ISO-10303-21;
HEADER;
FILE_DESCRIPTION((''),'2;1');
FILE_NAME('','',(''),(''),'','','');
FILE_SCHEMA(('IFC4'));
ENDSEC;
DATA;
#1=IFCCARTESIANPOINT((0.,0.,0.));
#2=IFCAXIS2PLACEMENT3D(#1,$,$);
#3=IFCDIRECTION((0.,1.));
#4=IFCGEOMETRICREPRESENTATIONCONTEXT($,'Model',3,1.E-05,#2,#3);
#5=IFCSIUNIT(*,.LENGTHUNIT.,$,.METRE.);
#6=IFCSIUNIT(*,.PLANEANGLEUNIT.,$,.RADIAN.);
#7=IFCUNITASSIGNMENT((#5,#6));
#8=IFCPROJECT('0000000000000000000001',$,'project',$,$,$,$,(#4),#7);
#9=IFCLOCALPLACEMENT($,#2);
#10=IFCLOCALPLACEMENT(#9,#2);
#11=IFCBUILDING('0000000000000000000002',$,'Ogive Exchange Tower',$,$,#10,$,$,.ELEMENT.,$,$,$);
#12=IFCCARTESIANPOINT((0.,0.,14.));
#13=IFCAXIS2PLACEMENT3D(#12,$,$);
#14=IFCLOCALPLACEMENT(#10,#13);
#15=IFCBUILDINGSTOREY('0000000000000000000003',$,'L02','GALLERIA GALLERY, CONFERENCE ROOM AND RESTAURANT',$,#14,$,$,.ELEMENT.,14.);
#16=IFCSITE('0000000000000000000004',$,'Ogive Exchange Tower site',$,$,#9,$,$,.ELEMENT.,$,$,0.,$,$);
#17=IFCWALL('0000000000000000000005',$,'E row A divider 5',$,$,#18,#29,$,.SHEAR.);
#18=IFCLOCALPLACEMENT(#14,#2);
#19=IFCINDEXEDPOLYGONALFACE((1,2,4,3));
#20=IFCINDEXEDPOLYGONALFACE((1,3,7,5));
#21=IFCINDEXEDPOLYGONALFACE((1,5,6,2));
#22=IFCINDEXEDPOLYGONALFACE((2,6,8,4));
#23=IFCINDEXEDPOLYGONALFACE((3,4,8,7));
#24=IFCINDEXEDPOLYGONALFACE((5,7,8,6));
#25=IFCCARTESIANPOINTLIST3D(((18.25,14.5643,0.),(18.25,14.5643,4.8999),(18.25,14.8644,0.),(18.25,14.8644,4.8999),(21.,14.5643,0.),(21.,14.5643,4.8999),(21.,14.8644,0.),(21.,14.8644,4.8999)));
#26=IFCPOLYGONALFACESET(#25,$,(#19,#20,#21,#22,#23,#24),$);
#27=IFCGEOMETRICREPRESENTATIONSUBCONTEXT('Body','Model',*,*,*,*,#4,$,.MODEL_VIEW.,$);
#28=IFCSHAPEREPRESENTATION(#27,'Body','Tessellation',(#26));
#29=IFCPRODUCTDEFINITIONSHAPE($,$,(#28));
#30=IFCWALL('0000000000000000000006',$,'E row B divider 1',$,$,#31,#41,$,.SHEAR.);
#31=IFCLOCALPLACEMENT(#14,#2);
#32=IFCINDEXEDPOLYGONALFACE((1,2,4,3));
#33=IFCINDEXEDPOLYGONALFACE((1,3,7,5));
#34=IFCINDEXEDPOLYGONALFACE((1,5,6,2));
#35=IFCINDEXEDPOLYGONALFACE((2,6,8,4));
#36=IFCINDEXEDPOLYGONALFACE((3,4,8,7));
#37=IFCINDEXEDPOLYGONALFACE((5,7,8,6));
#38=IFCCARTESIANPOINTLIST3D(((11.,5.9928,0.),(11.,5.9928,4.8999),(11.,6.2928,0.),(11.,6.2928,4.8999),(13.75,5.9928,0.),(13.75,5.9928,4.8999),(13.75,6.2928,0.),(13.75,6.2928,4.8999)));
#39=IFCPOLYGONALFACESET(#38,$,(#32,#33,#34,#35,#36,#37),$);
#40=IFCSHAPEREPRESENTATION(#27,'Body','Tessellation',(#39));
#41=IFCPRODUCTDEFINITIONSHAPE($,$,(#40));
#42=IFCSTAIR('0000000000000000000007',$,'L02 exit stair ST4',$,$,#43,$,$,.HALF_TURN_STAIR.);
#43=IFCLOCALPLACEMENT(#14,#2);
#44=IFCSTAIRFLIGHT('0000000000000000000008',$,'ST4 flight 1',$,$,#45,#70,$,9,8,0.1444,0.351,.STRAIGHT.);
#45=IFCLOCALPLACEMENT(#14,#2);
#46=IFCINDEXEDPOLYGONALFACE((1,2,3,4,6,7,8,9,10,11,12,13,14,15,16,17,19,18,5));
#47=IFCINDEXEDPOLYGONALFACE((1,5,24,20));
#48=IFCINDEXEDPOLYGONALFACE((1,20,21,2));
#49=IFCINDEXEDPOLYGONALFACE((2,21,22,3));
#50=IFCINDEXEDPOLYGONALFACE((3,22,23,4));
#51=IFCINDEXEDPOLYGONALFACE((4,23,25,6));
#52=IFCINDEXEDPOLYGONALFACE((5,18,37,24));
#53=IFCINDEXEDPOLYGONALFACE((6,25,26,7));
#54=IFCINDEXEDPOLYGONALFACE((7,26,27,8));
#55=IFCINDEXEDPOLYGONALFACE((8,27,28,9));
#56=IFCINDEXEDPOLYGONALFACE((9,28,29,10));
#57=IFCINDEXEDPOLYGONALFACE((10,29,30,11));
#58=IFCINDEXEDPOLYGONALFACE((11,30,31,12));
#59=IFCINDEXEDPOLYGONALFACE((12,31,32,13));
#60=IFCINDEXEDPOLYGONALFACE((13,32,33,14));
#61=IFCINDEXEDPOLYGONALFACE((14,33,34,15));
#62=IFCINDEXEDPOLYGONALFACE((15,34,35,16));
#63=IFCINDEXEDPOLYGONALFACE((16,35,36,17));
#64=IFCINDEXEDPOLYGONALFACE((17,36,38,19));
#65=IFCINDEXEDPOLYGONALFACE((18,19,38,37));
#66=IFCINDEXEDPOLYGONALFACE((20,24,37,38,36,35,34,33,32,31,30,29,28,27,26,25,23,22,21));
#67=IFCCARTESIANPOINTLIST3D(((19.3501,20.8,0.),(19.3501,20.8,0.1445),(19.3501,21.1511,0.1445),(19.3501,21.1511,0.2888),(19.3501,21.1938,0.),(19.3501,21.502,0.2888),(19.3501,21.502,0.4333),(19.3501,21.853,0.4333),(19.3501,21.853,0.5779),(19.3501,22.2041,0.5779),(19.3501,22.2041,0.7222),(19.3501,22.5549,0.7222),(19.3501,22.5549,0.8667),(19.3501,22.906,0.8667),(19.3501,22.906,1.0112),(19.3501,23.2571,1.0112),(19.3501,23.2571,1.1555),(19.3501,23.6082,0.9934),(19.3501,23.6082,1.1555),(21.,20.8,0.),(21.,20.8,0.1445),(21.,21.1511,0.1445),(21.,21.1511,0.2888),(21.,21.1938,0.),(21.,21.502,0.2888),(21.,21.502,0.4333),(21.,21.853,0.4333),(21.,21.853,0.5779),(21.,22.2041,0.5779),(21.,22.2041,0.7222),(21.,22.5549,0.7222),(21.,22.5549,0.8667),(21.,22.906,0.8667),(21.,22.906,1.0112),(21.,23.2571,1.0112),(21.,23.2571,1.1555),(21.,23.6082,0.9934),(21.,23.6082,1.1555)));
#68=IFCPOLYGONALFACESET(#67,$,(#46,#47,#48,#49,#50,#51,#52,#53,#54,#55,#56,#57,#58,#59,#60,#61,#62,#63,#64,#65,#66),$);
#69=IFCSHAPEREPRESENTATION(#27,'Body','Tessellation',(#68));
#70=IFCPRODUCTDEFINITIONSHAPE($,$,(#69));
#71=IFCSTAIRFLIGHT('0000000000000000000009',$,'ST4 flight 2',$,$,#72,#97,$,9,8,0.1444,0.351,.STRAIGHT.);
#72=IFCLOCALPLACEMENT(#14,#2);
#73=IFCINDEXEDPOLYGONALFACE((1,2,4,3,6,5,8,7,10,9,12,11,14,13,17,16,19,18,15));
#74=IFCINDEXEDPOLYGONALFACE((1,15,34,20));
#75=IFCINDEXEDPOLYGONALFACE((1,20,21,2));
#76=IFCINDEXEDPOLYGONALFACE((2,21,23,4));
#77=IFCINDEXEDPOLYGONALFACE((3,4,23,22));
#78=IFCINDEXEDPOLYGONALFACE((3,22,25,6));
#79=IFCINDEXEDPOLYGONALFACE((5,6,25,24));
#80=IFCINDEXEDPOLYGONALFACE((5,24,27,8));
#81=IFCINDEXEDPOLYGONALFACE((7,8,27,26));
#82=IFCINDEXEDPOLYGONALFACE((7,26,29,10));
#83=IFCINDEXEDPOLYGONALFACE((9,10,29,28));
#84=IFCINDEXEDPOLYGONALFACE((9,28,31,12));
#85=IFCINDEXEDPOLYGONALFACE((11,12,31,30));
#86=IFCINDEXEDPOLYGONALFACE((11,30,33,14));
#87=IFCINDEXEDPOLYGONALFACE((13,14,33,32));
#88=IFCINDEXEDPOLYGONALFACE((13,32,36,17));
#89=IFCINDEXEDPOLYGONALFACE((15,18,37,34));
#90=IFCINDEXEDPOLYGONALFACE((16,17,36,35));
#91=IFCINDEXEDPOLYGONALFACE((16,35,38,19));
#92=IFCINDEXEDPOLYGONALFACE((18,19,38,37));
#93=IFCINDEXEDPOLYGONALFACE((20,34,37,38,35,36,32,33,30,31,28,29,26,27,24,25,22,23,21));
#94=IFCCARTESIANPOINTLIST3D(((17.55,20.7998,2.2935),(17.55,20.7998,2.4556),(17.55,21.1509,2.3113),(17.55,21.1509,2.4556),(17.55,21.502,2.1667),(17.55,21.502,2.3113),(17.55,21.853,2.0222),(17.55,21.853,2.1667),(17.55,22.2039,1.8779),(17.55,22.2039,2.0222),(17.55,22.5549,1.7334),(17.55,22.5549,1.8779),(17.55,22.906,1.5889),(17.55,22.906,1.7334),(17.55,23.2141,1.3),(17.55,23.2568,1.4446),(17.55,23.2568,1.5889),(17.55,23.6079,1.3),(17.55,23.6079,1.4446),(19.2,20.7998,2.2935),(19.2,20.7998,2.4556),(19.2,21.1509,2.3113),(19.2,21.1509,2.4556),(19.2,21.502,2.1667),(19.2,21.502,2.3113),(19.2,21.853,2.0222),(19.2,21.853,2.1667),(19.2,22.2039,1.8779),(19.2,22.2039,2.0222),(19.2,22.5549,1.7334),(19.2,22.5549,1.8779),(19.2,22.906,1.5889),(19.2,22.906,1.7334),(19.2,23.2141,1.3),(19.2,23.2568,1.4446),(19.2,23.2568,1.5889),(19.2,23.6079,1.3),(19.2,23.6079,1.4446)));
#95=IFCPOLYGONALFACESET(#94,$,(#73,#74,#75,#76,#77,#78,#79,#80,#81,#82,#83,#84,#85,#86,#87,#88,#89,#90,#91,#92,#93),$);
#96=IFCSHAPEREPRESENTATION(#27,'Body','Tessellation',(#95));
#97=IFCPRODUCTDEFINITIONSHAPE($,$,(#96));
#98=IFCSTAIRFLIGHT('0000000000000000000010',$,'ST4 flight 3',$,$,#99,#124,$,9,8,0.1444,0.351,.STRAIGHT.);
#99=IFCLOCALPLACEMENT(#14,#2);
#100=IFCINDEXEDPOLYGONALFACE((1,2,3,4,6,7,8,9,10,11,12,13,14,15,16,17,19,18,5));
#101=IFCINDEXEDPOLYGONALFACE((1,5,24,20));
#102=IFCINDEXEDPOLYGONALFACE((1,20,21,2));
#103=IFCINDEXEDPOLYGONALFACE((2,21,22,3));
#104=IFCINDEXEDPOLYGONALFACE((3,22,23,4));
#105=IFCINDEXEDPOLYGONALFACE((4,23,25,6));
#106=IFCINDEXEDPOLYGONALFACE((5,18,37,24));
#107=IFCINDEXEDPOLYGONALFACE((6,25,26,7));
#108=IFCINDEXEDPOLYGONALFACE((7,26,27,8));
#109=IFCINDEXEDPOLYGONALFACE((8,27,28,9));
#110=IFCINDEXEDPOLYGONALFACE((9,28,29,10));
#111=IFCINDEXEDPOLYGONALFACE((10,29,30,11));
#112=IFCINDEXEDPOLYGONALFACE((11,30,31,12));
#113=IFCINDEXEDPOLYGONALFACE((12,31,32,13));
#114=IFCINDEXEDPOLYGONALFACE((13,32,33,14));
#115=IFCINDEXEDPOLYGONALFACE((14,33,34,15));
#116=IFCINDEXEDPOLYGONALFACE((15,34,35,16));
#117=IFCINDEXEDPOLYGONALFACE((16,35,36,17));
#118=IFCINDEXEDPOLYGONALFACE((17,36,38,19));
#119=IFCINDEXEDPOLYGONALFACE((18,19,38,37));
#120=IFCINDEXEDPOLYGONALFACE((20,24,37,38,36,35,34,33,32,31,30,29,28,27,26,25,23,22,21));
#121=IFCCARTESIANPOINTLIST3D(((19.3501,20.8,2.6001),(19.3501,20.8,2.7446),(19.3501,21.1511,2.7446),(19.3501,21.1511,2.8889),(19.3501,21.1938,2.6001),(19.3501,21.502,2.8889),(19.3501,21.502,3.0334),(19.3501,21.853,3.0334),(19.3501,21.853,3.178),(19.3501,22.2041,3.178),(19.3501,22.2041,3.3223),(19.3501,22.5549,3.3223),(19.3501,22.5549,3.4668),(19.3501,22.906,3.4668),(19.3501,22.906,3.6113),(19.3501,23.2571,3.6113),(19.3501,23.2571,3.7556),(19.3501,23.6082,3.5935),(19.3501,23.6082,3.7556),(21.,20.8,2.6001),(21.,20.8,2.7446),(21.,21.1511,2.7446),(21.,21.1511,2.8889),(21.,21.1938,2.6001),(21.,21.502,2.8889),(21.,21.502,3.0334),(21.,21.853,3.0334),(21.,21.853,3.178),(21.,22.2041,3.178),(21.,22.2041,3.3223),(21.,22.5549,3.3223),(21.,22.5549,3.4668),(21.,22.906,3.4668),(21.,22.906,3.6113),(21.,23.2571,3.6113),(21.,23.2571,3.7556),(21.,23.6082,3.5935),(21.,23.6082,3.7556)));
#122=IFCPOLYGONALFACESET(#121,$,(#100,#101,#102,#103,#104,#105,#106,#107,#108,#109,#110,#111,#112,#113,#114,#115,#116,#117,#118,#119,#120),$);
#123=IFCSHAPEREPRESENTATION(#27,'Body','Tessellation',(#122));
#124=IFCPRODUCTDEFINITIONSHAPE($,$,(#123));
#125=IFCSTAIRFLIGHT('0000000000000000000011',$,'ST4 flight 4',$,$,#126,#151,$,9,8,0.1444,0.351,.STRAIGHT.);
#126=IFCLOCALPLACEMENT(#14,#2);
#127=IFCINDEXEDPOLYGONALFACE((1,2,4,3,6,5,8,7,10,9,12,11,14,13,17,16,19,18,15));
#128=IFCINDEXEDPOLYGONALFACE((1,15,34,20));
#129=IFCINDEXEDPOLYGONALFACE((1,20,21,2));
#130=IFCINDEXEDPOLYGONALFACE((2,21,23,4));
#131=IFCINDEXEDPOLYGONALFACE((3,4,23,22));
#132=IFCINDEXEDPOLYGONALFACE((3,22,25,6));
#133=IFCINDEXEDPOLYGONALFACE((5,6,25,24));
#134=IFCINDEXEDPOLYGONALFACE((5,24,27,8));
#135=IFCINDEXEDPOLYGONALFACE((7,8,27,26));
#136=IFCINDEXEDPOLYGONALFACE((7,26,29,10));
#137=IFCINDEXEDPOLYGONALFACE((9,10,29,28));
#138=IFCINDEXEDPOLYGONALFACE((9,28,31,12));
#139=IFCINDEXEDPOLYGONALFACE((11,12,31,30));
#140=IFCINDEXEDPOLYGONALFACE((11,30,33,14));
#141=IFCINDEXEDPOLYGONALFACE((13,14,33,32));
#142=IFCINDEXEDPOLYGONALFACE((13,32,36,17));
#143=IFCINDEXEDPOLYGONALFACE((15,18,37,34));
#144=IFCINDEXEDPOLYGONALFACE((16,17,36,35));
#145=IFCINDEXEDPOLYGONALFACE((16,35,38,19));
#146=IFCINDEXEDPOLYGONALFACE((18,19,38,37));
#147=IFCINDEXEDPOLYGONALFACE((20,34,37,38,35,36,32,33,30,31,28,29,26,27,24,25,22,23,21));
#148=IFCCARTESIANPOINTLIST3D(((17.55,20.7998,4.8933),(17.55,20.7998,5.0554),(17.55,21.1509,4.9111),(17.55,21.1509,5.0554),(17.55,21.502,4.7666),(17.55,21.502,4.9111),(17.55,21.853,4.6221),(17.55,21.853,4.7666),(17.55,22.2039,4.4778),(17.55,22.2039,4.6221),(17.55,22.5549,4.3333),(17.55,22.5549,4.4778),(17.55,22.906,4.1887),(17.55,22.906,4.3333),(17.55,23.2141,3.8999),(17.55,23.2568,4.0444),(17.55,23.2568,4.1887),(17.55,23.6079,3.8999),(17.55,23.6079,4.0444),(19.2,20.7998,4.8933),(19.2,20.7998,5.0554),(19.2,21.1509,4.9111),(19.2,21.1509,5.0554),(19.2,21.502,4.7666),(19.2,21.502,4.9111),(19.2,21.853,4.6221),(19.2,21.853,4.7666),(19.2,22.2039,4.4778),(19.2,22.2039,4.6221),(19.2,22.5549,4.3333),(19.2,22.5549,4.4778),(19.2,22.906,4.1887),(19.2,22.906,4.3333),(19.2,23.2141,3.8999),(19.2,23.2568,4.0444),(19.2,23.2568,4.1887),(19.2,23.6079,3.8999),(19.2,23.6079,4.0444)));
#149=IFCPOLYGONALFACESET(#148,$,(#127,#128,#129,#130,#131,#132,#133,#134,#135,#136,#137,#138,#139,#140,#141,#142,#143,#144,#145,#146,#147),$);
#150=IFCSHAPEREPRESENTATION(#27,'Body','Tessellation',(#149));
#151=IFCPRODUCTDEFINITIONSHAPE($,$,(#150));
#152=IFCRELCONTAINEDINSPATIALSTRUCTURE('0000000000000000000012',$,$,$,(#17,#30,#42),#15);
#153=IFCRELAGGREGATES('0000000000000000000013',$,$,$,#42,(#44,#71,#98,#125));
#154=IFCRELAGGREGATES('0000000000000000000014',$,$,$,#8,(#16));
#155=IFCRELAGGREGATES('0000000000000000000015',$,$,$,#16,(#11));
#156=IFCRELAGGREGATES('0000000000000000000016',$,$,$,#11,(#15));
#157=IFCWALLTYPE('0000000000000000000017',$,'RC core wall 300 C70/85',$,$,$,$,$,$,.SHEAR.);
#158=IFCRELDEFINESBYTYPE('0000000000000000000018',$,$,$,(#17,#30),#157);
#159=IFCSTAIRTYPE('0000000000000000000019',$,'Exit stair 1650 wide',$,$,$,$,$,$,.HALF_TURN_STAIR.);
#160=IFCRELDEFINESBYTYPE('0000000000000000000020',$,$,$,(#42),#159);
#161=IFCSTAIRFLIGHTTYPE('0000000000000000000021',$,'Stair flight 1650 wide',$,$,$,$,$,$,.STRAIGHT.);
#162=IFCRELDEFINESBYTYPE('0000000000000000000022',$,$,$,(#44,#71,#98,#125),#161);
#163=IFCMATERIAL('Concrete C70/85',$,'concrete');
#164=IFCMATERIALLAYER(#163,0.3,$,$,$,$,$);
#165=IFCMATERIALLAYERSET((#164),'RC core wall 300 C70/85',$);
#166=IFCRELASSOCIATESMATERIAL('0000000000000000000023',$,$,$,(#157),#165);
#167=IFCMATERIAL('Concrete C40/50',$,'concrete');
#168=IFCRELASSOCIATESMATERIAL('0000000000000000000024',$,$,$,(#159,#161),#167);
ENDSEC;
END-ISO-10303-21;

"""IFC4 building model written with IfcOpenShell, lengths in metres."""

from ifc_helpers import new_model, si_unit, direction, frame, frame_2d, origin, place, context, subcontext, project, spatial, polyline, rectangle, outline, extrude, material, layer, layer_set, type_object, element, aggregate, save


model = new_model("IFC4")

# Units and contexts
model_context = context("Model", 3, precision=1e-05, world=origin(), true_north=direction((0.0, 1.0)))
body_context = subcontext(model_context, "Body", "Model", "MODEL_VIEW")
ifc_project = project(units=[si_unit("LENGTHUNIT", "METRE"), si_unit("PLANEANGLEUNIT", "RADIAN")], contexts=[model_context])

# Site, building, storey
site_placement = place(None, origin())
site = spatial("IfcSite", under=ifc_project, at=site_placement, Name="Ogive Exchange Tower site", CompositionType="ELEMENT", RefElevation=0.0)
building_placement = place(site_placement, origin())
building = spatial("IfcBuilding", under=site, at=building_placement, Name="Ogive Exchange Tower", CompositionType="ELEMENT")
storey_placement = place(building_placement, frame((0.0, 0.0, 14.0)))
storey = spatial("IfcBuildingStorey", under=building, at=storey_placement, Name="L02", Description="GALLERIA GALLERY, CONFERENCE ROOM AND RESTAURANT", CompositionType="ELEMENT", Elevation=14.0)

# Shared definitions
ifc_material_1 = material(Name="Concrete C70/85", Category="concrete")

# Walls
ifc_layer_1 = layer(ifc_material_1, 0.3)
ifc_layer_set_1 = layer_set([ifc_layer_1], Name="RC core wall 300 C70/85")
wall_type_1 = type_object("IfcWallType", Name="RC core wall 300 C70/85", PredefinedType="SHEAR", material=ifc_layer_set_1)
for number, where, z_axis, x_axis, name in (
    (1, (18.25, 14.7144, 0.0), (0.0, 0.0, 1.0), (1.0, 0.0, 0.0), "E row A divider 5"),
    (2, (11.0, 6.1428, 0.0), (0.0, 0.0, 1.0), (1.0, 0.0, 0.0), "E row B divider 1"),
):
    element("IfcWall", number, at=place(storey_placement, frame(where, z_axis=z_axis, x_axis=x_axis)), inside=storey, type_object=wall_type_1, Name=name, PredefinedType="SHEAR", context=body_context, shape_type="SweptSolid", body=[
        extrude(rectangle(XDim=2.75, YDim=0.3, at=frame_2d((1.375, 0.0))), origin(), (0.0, 0.0, 1.0), 4.8999),
    ])

# Stair, stair flights
ifc_material_2 = material(Name="Concrete C40/50", Category="concrete")
stair_type = type_object("IfcStairType", Name="Exit stair 1650 wide", PredefinedType="HALF_TURN_STAIR", material=ifc_material_2)
stair_placement = place(storey_placement, origin())
stair = element("IfcStair", 3, at=stair_placement, inside=storey, type_object=stair_type, Name="L02 exit stair ST4", PredefinedType="HALF_TURN_STAIR")
stair_flight_type = type_object("IfcStairFlightType", Name="Stair flight 1650 wide", PredefinedType="STRAIGHT", material=ifc_material_2)
stair_flight_1_placement = place(storey_placement, frame((20.175, 20.8, 0.0), z_axis=(0.0, 0.0, 1.0), x_axis=(0.0, 1.0, 0.0)))
stair_flight_1 = element("IfcStairFlight", 4, at=stair_flight_1_placement, type_object=stair_flight_type, Name="ST4 flight 1", NumberOfRisers=9, NumberOfTreads=8, PredefinedType="STRAIGHT", RiserHeight=0.1444, TreadLength=0.351, context=body_context, shape_type="SweptSolid", body=[
    extrude(outline(polyline([(0.0, 0.0), (0.0, 0.1445), (0.3511, 0.1445), (0.3511, 0.2888), (0.7019, 0.2888), (0.7019, 0.4333), (1.053, 0.4333), (1.053, 0.5779), (1.4041, 0.5779), (1.4041, 0.7222), (1.7549, 0.7222), (1.7549, 0.8667), (2.106, 0.8667), (2.106, 1.0112), (2.457, 1.0112), (2.457, 1.1555), (2.8081, 1.1555), (2.8081, 1.3), (2.8081, 0.9934), (0.3938, 0.0), (0.0, 0.0)])), frame((0.0, 0.825, 0.0), z_axis=(0.0, -1.0, 0.0), x_axis=(1.0, 0.0, 0.0)), (0.0, 0.0, 1.0), 1.6499),
])
stair_flight_2_placement = place(storey_placement, frame((18.375, 23.6079, 1.3), z_axis=(0.0, 0.0, 1.0), x_axis=(0.0, -1.0, 0.0)))
stair_flight_2 = element("IfcStairFlight", 5, at=stair_flight_2_placement, type_object=stair_flight_type, Name="ST4 flight 2", NumberOfRisers=9, NumberOfTreads=8, PredefinedType="STRAIGHT", RiserHeight=0.1444, TreadLength=0.351, context=body_context, shape_type="SweptSolid", body=[
    extrude(outline(polyline([(0.0, 0.0), (0.0, 0.1445), (0.3511, 0.1445), (0.3511, 0.2888), (0.7019, 0.2888), (0.7019, 0.4333), (1.053, 0.4333), (1.053, 0.5779), (1.4041, 0.5779), (1.4041, 0.7222), (1.7549, 0.7222), (1.7549, 0.8667), (2.106, 0.8667), (2.106, 1.0112), (2.457, 1.0112), (2.457, 1.1555), (2.8081, 1.1555), (2.8081, 1.3), (2.8081, 0.9934), (0.3938, 0.0), (0.0, 0.0)])), frame((0.0, 0.825, 0.0), z_axis=(0.0, -1.0, 0.0), x_axis=(1.0, 0.0, 0.0)), (0.0, 0.0, 1.0), 1.6499),
])
stair_flight_3_placement = place(storey_placement, frame((20.175, 20.8, 2.6001), z_axis=(0.0, 0.0, 1.0), x_axis=(0.0, 1.0, 0.0)))
stair_flight_3 = element("IfcStairFlight", 6, at=stair_flight_3_placement, type_object=stair_flight_type, Name="ST4 flight 3", NumberOfRisers=9, NumberOfTreads=8, PredefinedType="STRAIGHT", RiserHeight=0.1444, TreadLength=0.351, context=body_context, shape_type="SweptSolid", body=[
    extrude(outline(polyline([(0.0, 0.0), (0.0, 0.1445), (0.3511, 0.1445), (0.3511, 0.2888), (0.7019, 0.2888), (0.7019, 0.4333), (1.053, 0.4333), (1.053, 0.5779), (1.4041, 0.5779), (1.4041, 0.7222), (1.7549, 0.7222), (1.7549, 0.8667), (2.106, 0.8667), (2.106, 1.0112), (2.457, 1.0112), (2.457, 1.1555), (2.8081, 1.1555), (2.8081, 1.3), (2.8081, 0.9934), (0.3938, 0.0), (0.0, 0.0)])), frame((0.0, 0.825, 0.0), z_axis=(0.0, -1.0, 0.0), x_axis=(1.0, 0.0, 0.0)), (0.0, 0.0, 1.0), 1.6499),
])
stair_flight_4_placement = place(storey_placement, frame((18.375, 23.6079, 3.8999), z_axis=(0.0, 0.0, 1.0), x_axis=(0.0, -1.0, 0.0)))
stair_flight_4 = element("IfcStairFlight", 7, at=stair_flight_4_placement, type_object=stair_flight_type, Name="ST4 flight 4", NumberOfRisers=9, NumberOfTreads=8, PredefinedType="STRAIGHT", RiserHeight=0.1444, TreadLength=0.351, context=body_context, shape_type="SweptSolid", body=[
    extrude(outline(polyline([(0.0, 0.0), (0.0, 0.1445), (0.3511, 0.1445), (0.3511, 0.2888), (0.7019, 0.2888), (0.7019, 0.4333), (1.053, 0.4333), (1.053, 0.5779), (1.4041, 0.5779), (1.4041, 0.7222), (1.7549, 0.7222), (1.7549, 0.8667), (2.106, 0.8667), (2.106, 1.0112), (2.457, 1.0112), (2.457, 1.1555), (2.8081, 1.1555), (2.8081, 1.3), (2.8081, 0.9934), (0.3938, 0.0), (0.0, 0.0)])), frame((0.0, 0.825, 0.0), z_axis=(0.0, -1.0, 0.0), x_axis=(1.0, 0.0, 0.0)), (0.0, 0.0, 1.0), 1.6499),
])
aggregate(stair, [stair_flight_1, stair_flight_2, stair_flight_3, stair_flight_4])

save(model, "model.ifc")
